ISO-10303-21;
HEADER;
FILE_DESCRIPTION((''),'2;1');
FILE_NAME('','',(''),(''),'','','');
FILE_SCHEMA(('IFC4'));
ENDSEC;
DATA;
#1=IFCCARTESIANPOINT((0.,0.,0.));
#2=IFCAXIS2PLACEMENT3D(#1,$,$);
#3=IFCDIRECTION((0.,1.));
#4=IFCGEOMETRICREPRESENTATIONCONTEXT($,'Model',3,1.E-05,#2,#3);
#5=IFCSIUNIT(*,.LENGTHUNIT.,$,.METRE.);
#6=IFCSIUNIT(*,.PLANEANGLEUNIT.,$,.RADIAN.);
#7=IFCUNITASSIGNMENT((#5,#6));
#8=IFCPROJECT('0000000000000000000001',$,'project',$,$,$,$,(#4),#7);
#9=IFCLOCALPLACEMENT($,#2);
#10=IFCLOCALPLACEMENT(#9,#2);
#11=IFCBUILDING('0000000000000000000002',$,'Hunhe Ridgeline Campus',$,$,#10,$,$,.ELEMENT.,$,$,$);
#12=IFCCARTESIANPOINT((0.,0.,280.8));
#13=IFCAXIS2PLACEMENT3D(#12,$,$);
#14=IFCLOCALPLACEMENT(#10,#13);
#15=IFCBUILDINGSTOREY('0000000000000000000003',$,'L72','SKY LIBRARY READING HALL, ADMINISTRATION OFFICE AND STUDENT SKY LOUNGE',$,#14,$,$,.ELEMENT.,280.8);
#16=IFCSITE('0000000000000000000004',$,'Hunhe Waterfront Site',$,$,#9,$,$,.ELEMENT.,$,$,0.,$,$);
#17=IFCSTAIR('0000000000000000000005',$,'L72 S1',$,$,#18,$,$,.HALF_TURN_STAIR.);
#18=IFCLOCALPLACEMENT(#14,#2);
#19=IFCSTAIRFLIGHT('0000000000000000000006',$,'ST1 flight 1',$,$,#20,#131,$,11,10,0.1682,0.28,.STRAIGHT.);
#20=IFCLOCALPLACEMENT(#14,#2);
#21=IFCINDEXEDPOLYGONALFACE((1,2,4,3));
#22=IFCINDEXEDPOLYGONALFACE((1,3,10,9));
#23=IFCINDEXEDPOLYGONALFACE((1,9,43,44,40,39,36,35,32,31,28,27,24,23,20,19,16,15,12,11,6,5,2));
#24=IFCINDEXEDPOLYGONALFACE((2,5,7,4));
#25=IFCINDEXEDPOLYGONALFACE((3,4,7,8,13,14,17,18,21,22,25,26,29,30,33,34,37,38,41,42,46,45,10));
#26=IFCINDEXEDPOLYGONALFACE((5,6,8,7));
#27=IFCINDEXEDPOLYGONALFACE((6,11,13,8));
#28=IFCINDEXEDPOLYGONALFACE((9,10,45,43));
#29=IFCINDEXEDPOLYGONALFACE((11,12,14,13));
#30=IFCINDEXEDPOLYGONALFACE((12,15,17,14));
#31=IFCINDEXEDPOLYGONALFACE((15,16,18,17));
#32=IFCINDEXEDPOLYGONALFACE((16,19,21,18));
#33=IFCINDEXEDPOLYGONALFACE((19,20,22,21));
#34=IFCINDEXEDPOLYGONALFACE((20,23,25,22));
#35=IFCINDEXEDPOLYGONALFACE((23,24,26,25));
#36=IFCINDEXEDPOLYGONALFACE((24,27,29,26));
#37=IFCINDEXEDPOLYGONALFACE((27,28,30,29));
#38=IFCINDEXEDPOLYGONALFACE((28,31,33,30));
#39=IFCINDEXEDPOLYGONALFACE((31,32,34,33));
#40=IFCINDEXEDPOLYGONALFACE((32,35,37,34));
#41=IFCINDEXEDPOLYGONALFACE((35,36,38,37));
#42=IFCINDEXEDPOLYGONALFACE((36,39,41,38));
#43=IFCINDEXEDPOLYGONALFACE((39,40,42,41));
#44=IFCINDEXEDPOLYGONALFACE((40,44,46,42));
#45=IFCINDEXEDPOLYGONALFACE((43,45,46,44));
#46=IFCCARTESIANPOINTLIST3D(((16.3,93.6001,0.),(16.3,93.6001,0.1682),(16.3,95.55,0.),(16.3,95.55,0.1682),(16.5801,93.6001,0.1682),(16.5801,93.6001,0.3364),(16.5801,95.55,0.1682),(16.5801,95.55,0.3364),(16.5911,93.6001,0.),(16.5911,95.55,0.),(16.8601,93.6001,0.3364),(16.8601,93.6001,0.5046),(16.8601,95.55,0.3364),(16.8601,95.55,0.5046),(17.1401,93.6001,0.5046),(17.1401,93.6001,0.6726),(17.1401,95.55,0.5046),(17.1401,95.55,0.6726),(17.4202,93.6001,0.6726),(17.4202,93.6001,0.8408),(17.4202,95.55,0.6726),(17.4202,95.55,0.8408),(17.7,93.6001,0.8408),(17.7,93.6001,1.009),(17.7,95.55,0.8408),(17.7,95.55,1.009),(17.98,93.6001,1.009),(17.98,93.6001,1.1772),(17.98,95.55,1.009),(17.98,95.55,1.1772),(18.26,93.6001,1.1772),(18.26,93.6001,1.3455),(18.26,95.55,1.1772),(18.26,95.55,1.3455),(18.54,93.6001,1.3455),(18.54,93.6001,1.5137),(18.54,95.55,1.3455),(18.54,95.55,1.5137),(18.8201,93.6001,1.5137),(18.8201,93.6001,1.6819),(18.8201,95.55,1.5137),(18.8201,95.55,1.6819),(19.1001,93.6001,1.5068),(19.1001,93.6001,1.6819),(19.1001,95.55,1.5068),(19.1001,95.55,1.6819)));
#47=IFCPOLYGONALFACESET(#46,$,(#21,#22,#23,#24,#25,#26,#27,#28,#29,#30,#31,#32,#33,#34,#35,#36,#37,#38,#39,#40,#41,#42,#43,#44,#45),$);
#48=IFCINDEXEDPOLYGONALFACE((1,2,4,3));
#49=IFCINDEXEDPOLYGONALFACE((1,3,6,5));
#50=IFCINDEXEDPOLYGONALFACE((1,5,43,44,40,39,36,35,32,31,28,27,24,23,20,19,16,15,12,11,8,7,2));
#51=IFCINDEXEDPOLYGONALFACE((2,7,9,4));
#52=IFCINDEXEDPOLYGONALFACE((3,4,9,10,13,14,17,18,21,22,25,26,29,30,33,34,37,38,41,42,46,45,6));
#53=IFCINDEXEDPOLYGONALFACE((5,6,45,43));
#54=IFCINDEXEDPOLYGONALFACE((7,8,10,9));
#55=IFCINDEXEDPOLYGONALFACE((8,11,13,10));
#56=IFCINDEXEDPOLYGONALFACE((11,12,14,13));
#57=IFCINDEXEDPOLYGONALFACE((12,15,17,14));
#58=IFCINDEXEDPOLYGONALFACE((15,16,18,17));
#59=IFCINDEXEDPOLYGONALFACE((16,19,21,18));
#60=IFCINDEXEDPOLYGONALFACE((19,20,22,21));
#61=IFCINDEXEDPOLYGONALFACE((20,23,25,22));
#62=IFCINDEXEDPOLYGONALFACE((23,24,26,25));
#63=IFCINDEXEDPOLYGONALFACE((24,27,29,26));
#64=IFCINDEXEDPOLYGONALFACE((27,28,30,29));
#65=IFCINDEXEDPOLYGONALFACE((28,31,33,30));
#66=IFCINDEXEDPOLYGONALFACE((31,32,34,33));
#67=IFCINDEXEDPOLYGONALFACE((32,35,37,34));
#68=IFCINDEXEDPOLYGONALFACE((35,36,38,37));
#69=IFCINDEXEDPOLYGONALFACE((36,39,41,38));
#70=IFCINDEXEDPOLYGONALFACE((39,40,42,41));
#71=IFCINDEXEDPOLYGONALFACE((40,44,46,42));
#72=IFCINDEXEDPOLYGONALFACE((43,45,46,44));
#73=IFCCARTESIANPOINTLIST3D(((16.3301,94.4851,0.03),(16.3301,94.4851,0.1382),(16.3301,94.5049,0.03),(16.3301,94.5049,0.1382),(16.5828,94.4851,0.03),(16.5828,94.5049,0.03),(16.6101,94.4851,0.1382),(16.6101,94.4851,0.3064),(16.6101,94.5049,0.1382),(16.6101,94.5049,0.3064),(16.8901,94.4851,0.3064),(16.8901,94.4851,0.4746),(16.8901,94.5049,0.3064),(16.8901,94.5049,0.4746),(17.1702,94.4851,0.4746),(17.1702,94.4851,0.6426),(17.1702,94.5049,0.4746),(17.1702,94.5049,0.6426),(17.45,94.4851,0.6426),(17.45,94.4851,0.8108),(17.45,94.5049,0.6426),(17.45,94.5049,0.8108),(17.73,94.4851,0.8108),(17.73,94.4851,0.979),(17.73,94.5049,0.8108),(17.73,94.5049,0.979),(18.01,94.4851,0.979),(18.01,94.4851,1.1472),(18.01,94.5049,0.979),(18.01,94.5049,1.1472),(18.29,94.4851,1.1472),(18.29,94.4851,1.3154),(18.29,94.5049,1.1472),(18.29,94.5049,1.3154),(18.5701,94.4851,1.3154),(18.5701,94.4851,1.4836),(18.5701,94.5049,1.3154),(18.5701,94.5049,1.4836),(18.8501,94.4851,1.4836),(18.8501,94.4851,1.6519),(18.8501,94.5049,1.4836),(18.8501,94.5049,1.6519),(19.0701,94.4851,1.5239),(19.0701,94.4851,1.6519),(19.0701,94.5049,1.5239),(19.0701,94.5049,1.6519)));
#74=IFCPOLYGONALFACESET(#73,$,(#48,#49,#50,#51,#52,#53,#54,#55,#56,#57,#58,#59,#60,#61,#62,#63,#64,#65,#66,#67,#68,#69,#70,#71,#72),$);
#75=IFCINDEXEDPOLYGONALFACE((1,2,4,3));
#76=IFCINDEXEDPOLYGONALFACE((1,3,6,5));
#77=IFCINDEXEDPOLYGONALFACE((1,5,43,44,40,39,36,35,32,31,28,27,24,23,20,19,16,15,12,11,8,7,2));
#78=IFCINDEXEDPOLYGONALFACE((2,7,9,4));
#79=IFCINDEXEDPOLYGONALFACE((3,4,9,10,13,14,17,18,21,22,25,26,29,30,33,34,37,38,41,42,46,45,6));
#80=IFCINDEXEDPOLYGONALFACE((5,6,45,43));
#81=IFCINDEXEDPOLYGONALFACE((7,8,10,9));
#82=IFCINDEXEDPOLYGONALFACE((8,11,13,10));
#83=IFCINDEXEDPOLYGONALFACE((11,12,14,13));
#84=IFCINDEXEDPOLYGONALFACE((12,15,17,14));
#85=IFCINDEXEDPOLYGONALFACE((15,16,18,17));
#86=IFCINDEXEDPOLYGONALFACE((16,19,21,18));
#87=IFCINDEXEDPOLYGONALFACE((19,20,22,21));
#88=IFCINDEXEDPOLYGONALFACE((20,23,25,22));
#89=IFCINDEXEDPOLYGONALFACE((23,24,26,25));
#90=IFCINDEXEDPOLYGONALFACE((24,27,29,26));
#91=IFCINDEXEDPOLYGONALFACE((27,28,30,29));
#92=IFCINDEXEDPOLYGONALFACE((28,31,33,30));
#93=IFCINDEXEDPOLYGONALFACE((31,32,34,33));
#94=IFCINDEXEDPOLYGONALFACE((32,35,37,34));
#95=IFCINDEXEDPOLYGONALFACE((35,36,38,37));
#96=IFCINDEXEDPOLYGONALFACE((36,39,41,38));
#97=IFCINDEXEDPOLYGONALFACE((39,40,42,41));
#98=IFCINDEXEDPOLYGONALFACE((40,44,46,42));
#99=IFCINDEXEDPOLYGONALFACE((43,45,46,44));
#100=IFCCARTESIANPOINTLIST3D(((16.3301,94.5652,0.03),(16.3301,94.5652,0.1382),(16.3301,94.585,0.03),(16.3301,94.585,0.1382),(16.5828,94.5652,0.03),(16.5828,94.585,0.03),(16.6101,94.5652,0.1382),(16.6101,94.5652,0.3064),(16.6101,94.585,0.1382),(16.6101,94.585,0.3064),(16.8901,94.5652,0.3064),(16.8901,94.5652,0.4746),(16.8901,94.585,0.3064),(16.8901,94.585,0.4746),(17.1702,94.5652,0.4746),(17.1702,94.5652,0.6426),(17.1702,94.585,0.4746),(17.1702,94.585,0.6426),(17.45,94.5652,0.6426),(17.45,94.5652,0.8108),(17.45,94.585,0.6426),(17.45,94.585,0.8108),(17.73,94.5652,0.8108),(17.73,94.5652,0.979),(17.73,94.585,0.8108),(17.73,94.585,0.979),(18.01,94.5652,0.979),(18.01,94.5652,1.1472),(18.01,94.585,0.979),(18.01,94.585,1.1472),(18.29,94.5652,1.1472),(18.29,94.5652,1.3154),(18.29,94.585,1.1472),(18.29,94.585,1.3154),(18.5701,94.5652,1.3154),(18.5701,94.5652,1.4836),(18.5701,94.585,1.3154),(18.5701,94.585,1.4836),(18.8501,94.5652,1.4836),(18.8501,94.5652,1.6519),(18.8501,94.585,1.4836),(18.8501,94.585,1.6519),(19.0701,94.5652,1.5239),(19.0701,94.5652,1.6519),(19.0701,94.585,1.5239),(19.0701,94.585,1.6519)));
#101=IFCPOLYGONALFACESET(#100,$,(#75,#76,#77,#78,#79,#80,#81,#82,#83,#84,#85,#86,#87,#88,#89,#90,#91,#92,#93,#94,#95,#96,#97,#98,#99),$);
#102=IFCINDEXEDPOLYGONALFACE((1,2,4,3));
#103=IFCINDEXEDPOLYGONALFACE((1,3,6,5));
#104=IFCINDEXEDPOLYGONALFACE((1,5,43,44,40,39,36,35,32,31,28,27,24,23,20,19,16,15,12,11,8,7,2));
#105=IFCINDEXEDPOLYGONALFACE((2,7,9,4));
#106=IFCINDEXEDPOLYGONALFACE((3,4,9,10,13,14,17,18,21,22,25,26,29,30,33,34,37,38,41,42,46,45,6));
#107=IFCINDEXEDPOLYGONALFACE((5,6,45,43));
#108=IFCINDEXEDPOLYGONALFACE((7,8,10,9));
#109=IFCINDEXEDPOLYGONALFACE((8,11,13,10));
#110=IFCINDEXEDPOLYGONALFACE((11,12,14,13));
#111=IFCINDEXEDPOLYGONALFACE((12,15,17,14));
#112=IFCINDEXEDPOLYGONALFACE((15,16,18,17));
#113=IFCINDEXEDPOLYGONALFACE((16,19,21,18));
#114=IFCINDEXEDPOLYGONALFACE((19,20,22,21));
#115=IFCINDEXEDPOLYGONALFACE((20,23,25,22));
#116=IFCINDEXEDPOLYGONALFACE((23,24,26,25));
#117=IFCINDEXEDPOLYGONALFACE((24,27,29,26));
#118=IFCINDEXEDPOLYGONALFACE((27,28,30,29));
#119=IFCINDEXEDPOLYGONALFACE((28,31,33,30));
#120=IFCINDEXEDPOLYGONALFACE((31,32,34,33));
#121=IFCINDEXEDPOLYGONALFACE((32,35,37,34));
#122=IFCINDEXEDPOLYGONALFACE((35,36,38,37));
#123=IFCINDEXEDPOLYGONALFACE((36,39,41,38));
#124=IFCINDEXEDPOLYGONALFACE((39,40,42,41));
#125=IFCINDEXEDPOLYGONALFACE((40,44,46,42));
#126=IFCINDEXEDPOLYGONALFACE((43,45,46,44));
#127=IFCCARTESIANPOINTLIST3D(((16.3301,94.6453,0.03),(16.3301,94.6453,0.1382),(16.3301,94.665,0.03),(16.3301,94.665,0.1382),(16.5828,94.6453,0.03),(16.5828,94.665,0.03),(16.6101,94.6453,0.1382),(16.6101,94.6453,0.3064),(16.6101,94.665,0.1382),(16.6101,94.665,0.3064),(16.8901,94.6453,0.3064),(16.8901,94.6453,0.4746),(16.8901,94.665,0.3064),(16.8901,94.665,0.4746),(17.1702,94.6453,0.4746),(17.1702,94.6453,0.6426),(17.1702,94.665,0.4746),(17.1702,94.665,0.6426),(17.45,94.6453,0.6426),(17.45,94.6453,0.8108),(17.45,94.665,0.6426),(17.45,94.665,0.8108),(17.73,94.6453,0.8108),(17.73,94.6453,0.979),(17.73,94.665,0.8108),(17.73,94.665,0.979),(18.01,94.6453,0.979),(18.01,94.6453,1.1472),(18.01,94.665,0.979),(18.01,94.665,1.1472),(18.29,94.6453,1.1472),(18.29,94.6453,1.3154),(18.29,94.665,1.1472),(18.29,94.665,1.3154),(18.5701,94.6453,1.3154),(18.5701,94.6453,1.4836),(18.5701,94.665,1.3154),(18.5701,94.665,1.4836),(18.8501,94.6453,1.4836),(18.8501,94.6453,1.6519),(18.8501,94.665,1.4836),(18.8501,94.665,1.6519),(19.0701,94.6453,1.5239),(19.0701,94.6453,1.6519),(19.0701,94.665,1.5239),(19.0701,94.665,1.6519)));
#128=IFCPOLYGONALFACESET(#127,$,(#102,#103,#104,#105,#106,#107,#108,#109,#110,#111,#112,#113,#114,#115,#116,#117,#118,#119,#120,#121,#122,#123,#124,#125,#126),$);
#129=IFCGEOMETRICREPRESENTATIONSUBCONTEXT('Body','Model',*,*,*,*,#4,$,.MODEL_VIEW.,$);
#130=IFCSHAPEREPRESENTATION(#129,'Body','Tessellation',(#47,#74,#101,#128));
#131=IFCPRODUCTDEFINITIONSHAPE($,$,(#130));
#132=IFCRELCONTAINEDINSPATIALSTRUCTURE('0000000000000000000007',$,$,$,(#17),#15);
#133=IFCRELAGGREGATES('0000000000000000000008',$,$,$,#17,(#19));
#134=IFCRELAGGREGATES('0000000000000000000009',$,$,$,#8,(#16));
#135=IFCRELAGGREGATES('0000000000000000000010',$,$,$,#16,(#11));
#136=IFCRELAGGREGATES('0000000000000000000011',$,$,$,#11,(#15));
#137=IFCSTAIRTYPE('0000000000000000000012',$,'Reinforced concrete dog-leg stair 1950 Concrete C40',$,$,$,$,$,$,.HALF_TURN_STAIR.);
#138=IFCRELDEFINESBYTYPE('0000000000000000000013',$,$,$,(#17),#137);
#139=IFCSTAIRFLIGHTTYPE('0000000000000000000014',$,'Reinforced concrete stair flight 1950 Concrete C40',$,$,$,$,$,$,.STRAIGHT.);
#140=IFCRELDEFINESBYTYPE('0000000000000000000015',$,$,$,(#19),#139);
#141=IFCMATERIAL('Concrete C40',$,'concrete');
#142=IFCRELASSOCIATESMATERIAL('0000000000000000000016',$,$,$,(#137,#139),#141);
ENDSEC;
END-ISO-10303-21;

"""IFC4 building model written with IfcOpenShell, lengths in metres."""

from ifc_helpers import new_model, si_unit, direction, frame, origin, place, context, subcontext, project, spatial, polyline, outline, extrude, material, type_object, element, aggregate, save


model = new_model("IFC4")

# Units and contexts
model_context = context("Model", 3, precision=1e-05, world=origin(), true_north=direction((0.0, 1.0)))
body_context = subcontext(model_context, "Body", "Model", "MODEL_VIEW")
ifc_project = project(units=[si_unit("LENGTHUNIT", "METRE"), si_unit("PLANEANGLEUNIT", "RADIAN")], contexts=[model_context])

# Site, building, storey
site_placement = place(None, origin())
site = spatial("IfcSite", under=ifc_project, at=site_placement, Name="Hunhe Waterfront Site", CompositionType="ELEMENT", RefElevation=0.0)
building_placement = place(site_placement, origin())
building = spatial("IfcBuilding", under=site, at=building_placement, Name="Hunhe Ridgeline Campus", CompositionType="ELEMENT")
storey_placement = place(building_placement, frame((0.0, 0.0, 280.8)))
storey = spatial("IfcBuildingStorey", under=building, at=storey_placement, Name="L72", Description="SKY LIBRARY READING HALL, ADMINISTRATION OFFICE AND STUDENT SKY LOUNGE", CompositionType="ELEMENT", Elevation=280.8)

# Stair, stair flight
ifc_material_1 = material(Name="Concrete C40", Category="concrete")
stair_type = type_object("IfcStairType", Name="Reinforced concrete dog-leg stair 1950 Concrete C40", PredefinedType="HALF_TURN_STAIR", material=ifc_material_1)
stair_placement = place(storey_placement, origin())
stair = element("IfcStair", 1, at=stair_placement, inside=storey, type_object=stair_type, Name="L72 S1", PredefinedType="HALF_TURN_STAIR")
stair_flight_type = type_object("IfcStairFlightType", Name="Reinforced concrete stair flight 1950 Concrete C40", PredefinedType="STRAIGHT", material=ifc_material_1)
stair_flight_1_placement = place(storey_placement, frame((16.3, 94.575, 0.0), z_axis=(0.0, 0.0, 1.0), x_axis=(1.0, 0.0, 0.0)))
stair_flight_1 = element("IfcStairFlight", 2, at=stair_flight_1_placement, type_object=stair_flight_type, Name="ST1 flight 1", NumberOfRisers=11, NumberOfTreads=10, PredefinedType="STRAIGHT", RiserHeight=0.1682, TreadLength=0.28, context=body_context, shape_type="SweptSolid", body=[
    extrude(outline(polyline([(0.0, 0.0), (0.0, 0.1682), (0.28, 0.1682), (0.28, 0.3364), (0.5601, 0.3364), (0.5601, 0.5046), (0.8401, 0.5046), (0.8401, 0.6726), (1.1201, 0.6726), (1.1201, 0.8408), (1.3999, 0.8408), (1.3999, 1.009), (1.6799, 1.009), (1.6799, 1.1772), (1.96, 1.1772), (1.96, 1.3455), (2.24, 1.3455), (2.24, 1.5137), (2.52, 1.5137), (2.52, 1.6819), (2.8, 1.6819), (2.8, 1.8501), (2.8, 1.5068), (0.291, 0.0), (0.0, 0.0)])), frame((0.0, 0.9751, 0.0), z_axis=(0.0, -1.0, 0.0), x_axis=(1.0, 0.0, 0.0)), (0.0, 0.0, 1.0), 1.95),
    extrude(outline(polyline([(0.03, 0.03), (0.03, 0.1382), (0.3101, 0.1382), (0.3101, 0.3064), (0.5901, 0.3064), (0.5901, 0.4746), (0.8701, 0.4746), (0.8701, 0.6426), (1.1499, 0.6426), (1.1499, 0.8108), (1.4299, 0.8108), (1.4299, 0.979), (1.71, 0.979), (1.71, 1.1472), (1.99, 1.1472), (1.99, 1.3154), (2.27, 1.3154), (2.27, 1.4836), (2.55, 1.4836), (2.55, 1.6519), (2.77, 1.6519), (2.77, 1.5239), (0.2827, 0.03), (0.03, 0.03)])), frame((0.0, -0.0701, 0.0), z_axis=(0.0, -1.0, 0.0), x_axis=(1.0, 0.0, 0.0)), (0.0, 0.0, 1.0), 0.0198),
    extrude(outline(polyline([(0.03, 0.03), (0.03, 0.1382), (0.3101, 0.1382), (0.3101, 0.3064), (0.5901, 0.3064), (0.5901, 0.4746), (0.8701, 0.4746), (0.8701, 0.6426), (1.1499, 0.6426), (1.1499, 0.8108), (1.4299, 0.8108), (1.4299, 0.979), (1.71, 0.979), (1.71, 1.1472), (1.99, 1.1472), (1.99, 1.3154), (2.27, 1.3154), (2.27, 1.4836), (2.55, 1.4836), (2.55, 1.6519), (2.77, 1.6519), (2.77, 1.5239), (0.2827, 0.03), (0.03, 0.03)])), frame((0.0, 0.01, 0.0), z_axis=(0.0, -1.0, 0.0), x_axis=(1.0, 0.0, 0.0)), (0.0, 0.0, 1.0), 0.0198),
    extrude(outline(polyline([(0.03, 0.03), (0.03, 0.1382), (0.3101, 0.1382), (0.3101, 0.3064), (0.5901, 0.3064), (0.5901, 0.4746), (0.8701, 0.4746), (0.8701, 0.6426), (1.1499, 0.6426), (1.1499, 0.8108), (1.4299, 0.8108), (1.4299, 0.979), (1.71, 0.979), (1.71, 1.1472), (1.99, 1.1472), (1.99, 1.3154), (2.27, 1.3154), (2.27, 1.4836), (2.55, 1.4836), (2.55, 1.6519), (2.77, 1.6519), (2.77, 1.5239), (0.2827, 0.03), (0.03, 0.03)])), frame((0.0, 0.0901, 0.0), z_axis=(0.0, -1.0, 0.0), x_axis=(1.0, 0.0, 0.0)), (0.0, 0.0, 1.0), 0.0198),
])
aggregate(stair, [stair_flight_1])

save(model, "model.ifc")
